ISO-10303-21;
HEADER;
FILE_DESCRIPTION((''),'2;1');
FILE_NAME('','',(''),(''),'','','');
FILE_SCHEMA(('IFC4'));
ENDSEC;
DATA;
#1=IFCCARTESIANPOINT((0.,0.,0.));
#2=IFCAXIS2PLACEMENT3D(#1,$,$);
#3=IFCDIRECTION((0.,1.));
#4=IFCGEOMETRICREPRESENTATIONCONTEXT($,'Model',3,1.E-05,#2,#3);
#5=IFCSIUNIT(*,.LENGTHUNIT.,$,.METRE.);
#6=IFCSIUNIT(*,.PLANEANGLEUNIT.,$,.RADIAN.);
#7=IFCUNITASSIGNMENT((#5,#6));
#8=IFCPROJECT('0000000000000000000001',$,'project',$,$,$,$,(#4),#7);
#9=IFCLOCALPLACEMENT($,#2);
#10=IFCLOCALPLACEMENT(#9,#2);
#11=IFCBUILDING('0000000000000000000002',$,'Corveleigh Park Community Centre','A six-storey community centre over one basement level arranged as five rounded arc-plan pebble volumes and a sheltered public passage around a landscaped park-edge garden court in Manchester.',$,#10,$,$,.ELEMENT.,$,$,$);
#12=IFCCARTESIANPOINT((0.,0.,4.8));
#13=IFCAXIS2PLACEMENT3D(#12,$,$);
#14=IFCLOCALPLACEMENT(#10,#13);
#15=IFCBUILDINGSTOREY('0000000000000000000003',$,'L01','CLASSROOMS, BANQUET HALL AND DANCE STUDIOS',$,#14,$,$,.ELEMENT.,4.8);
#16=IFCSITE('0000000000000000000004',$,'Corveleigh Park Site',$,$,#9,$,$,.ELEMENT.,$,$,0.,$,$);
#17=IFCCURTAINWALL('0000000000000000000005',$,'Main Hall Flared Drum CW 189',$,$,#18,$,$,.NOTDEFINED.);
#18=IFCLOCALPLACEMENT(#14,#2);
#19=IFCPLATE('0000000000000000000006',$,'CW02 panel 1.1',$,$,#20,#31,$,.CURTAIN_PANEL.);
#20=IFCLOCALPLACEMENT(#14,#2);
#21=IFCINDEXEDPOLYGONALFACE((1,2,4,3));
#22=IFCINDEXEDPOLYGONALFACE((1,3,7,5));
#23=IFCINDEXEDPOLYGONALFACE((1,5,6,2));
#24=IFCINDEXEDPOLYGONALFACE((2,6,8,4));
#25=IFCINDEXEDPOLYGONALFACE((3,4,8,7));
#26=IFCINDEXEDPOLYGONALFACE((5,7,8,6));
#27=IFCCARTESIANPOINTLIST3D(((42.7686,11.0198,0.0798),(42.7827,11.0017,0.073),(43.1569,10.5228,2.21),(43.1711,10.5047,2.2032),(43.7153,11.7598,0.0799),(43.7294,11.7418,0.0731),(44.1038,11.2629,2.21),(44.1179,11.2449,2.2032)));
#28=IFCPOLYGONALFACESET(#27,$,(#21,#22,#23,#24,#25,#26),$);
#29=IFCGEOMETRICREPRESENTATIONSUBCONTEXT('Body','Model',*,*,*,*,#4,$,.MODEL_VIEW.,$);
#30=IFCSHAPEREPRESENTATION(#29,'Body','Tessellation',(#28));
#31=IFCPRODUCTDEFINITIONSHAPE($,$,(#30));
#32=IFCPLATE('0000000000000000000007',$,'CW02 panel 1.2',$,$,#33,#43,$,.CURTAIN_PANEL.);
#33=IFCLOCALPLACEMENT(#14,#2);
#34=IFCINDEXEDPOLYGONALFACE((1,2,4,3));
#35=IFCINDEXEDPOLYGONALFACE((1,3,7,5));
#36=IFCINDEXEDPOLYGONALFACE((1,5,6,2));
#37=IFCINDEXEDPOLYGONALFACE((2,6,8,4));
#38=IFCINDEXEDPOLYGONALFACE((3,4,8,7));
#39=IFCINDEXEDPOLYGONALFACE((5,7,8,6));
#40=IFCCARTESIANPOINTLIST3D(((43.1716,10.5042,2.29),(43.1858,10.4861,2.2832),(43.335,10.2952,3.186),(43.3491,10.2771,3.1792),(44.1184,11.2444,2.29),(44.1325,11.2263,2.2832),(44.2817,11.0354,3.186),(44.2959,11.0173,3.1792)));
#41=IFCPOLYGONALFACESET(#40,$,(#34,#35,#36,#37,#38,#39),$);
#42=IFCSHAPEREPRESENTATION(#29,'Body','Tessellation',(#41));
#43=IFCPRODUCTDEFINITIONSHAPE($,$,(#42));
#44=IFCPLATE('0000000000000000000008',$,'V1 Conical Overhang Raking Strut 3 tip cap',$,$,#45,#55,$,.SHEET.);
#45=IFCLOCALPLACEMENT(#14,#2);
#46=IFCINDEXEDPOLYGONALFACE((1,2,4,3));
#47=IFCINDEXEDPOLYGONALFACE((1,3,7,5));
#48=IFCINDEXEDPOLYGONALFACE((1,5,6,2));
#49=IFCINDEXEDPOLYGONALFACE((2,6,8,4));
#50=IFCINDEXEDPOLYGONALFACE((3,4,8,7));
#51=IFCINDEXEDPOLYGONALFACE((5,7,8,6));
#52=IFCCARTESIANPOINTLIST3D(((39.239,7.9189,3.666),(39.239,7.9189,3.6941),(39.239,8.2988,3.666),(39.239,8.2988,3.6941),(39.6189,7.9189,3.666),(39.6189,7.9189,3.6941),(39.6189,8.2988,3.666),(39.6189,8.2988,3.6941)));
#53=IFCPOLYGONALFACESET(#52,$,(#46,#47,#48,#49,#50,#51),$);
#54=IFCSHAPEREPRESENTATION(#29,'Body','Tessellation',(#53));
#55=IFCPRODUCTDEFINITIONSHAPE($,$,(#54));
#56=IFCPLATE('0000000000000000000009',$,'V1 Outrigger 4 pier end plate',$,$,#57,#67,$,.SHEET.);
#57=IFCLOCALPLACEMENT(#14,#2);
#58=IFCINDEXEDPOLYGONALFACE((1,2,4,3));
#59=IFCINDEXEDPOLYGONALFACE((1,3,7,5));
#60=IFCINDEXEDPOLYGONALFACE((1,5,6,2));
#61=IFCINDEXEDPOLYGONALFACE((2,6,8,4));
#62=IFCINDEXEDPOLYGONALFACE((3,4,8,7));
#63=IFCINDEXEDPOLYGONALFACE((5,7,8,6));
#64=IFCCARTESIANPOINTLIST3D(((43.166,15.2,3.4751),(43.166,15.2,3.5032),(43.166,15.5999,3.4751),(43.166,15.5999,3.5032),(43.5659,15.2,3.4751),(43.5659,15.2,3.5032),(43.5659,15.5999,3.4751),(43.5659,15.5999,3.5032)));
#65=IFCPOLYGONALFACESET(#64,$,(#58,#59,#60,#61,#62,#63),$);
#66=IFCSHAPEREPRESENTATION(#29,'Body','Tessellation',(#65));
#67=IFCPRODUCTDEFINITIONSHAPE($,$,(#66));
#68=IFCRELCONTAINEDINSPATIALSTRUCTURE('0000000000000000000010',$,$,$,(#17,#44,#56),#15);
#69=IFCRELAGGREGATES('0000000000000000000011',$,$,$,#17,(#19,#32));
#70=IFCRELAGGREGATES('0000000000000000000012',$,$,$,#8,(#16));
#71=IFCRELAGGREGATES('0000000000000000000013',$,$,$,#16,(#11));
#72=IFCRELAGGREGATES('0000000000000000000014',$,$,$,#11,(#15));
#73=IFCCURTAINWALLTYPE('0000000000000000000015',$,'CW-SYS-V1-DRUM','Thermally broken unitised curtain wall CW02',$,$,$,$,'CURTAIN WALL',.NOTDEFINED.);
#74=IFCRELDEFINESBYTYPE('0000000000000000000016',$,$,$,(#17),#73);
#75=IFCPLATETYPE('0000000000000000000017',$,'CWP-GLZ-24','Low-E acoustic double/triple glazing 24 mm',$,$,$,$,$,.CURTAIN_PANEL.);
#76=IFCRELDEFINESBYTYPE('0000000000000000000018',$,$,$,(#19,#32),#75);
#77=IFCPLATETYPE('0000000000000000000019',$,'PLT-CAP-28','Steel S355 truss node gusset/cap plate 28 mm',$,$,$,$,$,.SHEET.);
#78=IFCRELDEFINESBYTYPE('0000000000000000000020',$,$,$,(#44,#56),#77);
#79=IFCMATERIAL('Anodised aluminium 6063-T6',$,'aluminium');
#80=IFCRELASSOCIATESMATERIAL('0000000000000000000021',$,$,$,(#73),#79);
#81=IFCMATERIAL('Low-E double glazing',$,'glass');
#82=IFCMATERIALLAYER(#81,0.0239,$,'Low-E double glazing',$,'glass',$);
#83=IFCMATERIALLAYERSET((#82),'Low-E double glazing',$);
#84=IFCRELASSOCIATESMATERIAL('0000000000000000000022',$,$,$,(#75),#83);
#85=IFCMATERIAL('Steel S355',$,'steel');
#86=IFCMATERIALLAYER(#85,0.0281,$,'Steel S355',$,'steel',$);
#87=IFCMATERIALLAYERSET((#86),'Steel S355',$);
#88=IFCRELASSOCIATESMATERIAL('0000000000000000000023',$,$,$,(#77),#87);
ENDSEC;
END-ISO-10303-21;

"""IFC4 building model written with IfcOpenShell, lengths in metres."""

from ifc_helpers import new_model, si_unit, direction, frame, origin, origin_2d, place, context, subcontext, project, spatial, polyline, rectangle, outline, extrude, material, layer, layer_set, type_object, element, aggregate, save


model = new_model("IFC4")

# Units and contexts
model_context = context("Model", 3, precision=1e-05, world=origin(), true_north=direction((0.0, 1.0)))
body_context = subcontext(model_context, "Body", "Model", "MODEL_VIEW")
ifc_project = project(units=[si_unit("LENGTHUNIT", "METRE"), si_unit("PLANEANGLEUNIT", "RADIAN")], contexts=[model_context])

# Site, building, storey
site_placement = place(None, origin())
site = spatial("IfcSite", under=ifc_project, at=site_placement, Name="Corveleigh Park Site", CompositionType="ELEMENT", RefElevation=0.0)
building_placement = place(site_placement, origin())
building = spatial("IfcBuilding", under=site, at=building_placement, Name="Corveleigh Park Community Centre", Description="A six-storey community centre over one basement level arranged as five rounded arc-plan pebble volumes and a sheltered public passage around a landscaped park-edge garden court in Manchester.", CompositionType="ELEMENT")
storey_placement = place(building_placement, frame((0.0, 0.0, 4.8)))
storey = spatial("IfcBuildingStorey", under=building, at=storey_placement, Name="L01", Description="CLASSROOMS, BANQUET HALL AND DANCE STUDIOS", CompositionType="ELEMENT", Elevation=4.8)

# Shared definitions
ifc_material_1 = material(Name="Anodised aluminium 6063-T6", Category="aluminium")
curtain_wall_type = type_object("IfcCurtainWallType", Name="CW-SYS-V1-DRUM", Description="Thermally broken unitised curtain wall CW02", ElementType="CURTAIN WALL", PredefinedType="NOTDEFINED", material=ifc_material_1)

# Curtain wall
curtain_wall_1_placement = place(storey_placement, origin())
curtain_wall_1 = element("IfcCurtainWall", 1, at=curtain_wall_1_placement, inside=storey, type_object=curtain_wall_type, Name="Main Hall Flared Drum CW 189", PredefinedType="NOTDEFINED")

# Shared definitions
ifc_material_2 = material(Name="Steel S355", Category="steel")

# Plates
ifc_material_3 = material(Name="Low-E double glazing", Category="glass")
ifc_layer_1 = layer(ifc_material_3, 0.0239, Name="Low-E double glazing", Category="glass")
ifc_layer_set_1 = layer_set([ifc_layer_1], Name="Low-E double glazing")
plate_type_1 = type_object("IfcPlateType", Name="CWP-GLZ-24", Description="Low-E acoustic double/triple glazing 24 mm", PredefinedType="CURTAIN_PANEL", material=ifc_layer_set_1)
plate_1_placement = place(storey_placement, frame((42.7686, 11.0198, 0.0798), z_axis=(-0.590528, 0.755424, 0.283919), x_axis=(0.78785, 0.615868, 0.000022)))
plate_1 = element("IfcPlate", 2, at=plate_1_placement, type_object=plate_type_1, Name="CW02 panel 1.1", PredefinedType="CURTAIN_PANEL", context=body_context, shape_type="SweptSolid", body=[
    extrude(outline(polyline([(0.0, 0.0), (1.2017, 0.0), (1.2017, -2.2215), (-0.0001, -2.2216), (0.0, 0.0)])), origin(), (0.0, 0.0, -1.0), 0.0239),
])
plate_2_placement = place(storey_placement, frame((43.1716, 10.5042, 2.29), z_axis=(-0.590602, 0.755393, 0.28385), x_axis=(0.787796, 0.615936, 0.0)))
plate_2 = element("IfcPlate", 3, at=plate_2_placement, type_object=plate_type_1, Name="CW02 panel 1.2", PredefinedType="CURTAIN_PANEL", context=body_context, shape_type="SweptSolid", body=[
    extrude(outline(polyline([(0.0, 0.0), (1.2018, 0.0), (1.2018, -0.9344), (-0.0001, -0.9344), (0.0, 0.0)])), origin(), (0.0, 0.0, -1.0), 0.0239),
])
aggregate(curtain_wall_1, [plate_1, plate_2])

# Plates
ifc_layer_2 = layer(ifc_material_2, 0.0281, Name="Steel S355", Category="steel")
ifc_layer_set_2 = layer_set([ifc_layer_2], Name="Steel S355")
plate_type_2 = type_object("IfcPlateType", Name="PLT-CAP-28", Description="Steel S355 truss node gusset/cap plate 28 mm", PredefinedType="SHEET", material=ifc_layer_set_2)
plate_3_placement = place(storey_placement, frame((39.429, 8.1089, 3.666), z_axis=(0.0, 0.0, 1.0), x_axis=(1.0, 0.0, 0.0)))
element("IfcPlate", 4, at=plate_3_placement, inside=storey, type_object=plate_type_2, Name="V1 Conical Overhang Raking Strut 3 tip cap", PredefinedType="SHEET", context=body_context, shape_type="SweptSolid", body=[
    extrude(rectangle(XDim=0.3799, YDim=0.3799, at=origin_2d()), origin(), (0.0, 0.0, 1.0), 0.0281),
])
plate_4_placement = place(storey_placement, frame((43.366, 15.3999, 3.4751), z_axis=(0.0, 0.0, 1.0), x_axis=(1.0, 0.0, 0.0)))
element("IfcPlate", 5, at=plate_4_placement, inside=storey, type_object=plate_type_2, Name="V1 Outrigger 4 pier end plate", PredefinedType="SHEET", context=body_context, shape_type="SweptSolid", body=[
    extrude(rectangle(XDim=0.3999, YDim=0.3999, at=origin_2d()), origin(), (0.0, 0.0, 1.0), 0.0281),
])

save(model, "model.ifc")
